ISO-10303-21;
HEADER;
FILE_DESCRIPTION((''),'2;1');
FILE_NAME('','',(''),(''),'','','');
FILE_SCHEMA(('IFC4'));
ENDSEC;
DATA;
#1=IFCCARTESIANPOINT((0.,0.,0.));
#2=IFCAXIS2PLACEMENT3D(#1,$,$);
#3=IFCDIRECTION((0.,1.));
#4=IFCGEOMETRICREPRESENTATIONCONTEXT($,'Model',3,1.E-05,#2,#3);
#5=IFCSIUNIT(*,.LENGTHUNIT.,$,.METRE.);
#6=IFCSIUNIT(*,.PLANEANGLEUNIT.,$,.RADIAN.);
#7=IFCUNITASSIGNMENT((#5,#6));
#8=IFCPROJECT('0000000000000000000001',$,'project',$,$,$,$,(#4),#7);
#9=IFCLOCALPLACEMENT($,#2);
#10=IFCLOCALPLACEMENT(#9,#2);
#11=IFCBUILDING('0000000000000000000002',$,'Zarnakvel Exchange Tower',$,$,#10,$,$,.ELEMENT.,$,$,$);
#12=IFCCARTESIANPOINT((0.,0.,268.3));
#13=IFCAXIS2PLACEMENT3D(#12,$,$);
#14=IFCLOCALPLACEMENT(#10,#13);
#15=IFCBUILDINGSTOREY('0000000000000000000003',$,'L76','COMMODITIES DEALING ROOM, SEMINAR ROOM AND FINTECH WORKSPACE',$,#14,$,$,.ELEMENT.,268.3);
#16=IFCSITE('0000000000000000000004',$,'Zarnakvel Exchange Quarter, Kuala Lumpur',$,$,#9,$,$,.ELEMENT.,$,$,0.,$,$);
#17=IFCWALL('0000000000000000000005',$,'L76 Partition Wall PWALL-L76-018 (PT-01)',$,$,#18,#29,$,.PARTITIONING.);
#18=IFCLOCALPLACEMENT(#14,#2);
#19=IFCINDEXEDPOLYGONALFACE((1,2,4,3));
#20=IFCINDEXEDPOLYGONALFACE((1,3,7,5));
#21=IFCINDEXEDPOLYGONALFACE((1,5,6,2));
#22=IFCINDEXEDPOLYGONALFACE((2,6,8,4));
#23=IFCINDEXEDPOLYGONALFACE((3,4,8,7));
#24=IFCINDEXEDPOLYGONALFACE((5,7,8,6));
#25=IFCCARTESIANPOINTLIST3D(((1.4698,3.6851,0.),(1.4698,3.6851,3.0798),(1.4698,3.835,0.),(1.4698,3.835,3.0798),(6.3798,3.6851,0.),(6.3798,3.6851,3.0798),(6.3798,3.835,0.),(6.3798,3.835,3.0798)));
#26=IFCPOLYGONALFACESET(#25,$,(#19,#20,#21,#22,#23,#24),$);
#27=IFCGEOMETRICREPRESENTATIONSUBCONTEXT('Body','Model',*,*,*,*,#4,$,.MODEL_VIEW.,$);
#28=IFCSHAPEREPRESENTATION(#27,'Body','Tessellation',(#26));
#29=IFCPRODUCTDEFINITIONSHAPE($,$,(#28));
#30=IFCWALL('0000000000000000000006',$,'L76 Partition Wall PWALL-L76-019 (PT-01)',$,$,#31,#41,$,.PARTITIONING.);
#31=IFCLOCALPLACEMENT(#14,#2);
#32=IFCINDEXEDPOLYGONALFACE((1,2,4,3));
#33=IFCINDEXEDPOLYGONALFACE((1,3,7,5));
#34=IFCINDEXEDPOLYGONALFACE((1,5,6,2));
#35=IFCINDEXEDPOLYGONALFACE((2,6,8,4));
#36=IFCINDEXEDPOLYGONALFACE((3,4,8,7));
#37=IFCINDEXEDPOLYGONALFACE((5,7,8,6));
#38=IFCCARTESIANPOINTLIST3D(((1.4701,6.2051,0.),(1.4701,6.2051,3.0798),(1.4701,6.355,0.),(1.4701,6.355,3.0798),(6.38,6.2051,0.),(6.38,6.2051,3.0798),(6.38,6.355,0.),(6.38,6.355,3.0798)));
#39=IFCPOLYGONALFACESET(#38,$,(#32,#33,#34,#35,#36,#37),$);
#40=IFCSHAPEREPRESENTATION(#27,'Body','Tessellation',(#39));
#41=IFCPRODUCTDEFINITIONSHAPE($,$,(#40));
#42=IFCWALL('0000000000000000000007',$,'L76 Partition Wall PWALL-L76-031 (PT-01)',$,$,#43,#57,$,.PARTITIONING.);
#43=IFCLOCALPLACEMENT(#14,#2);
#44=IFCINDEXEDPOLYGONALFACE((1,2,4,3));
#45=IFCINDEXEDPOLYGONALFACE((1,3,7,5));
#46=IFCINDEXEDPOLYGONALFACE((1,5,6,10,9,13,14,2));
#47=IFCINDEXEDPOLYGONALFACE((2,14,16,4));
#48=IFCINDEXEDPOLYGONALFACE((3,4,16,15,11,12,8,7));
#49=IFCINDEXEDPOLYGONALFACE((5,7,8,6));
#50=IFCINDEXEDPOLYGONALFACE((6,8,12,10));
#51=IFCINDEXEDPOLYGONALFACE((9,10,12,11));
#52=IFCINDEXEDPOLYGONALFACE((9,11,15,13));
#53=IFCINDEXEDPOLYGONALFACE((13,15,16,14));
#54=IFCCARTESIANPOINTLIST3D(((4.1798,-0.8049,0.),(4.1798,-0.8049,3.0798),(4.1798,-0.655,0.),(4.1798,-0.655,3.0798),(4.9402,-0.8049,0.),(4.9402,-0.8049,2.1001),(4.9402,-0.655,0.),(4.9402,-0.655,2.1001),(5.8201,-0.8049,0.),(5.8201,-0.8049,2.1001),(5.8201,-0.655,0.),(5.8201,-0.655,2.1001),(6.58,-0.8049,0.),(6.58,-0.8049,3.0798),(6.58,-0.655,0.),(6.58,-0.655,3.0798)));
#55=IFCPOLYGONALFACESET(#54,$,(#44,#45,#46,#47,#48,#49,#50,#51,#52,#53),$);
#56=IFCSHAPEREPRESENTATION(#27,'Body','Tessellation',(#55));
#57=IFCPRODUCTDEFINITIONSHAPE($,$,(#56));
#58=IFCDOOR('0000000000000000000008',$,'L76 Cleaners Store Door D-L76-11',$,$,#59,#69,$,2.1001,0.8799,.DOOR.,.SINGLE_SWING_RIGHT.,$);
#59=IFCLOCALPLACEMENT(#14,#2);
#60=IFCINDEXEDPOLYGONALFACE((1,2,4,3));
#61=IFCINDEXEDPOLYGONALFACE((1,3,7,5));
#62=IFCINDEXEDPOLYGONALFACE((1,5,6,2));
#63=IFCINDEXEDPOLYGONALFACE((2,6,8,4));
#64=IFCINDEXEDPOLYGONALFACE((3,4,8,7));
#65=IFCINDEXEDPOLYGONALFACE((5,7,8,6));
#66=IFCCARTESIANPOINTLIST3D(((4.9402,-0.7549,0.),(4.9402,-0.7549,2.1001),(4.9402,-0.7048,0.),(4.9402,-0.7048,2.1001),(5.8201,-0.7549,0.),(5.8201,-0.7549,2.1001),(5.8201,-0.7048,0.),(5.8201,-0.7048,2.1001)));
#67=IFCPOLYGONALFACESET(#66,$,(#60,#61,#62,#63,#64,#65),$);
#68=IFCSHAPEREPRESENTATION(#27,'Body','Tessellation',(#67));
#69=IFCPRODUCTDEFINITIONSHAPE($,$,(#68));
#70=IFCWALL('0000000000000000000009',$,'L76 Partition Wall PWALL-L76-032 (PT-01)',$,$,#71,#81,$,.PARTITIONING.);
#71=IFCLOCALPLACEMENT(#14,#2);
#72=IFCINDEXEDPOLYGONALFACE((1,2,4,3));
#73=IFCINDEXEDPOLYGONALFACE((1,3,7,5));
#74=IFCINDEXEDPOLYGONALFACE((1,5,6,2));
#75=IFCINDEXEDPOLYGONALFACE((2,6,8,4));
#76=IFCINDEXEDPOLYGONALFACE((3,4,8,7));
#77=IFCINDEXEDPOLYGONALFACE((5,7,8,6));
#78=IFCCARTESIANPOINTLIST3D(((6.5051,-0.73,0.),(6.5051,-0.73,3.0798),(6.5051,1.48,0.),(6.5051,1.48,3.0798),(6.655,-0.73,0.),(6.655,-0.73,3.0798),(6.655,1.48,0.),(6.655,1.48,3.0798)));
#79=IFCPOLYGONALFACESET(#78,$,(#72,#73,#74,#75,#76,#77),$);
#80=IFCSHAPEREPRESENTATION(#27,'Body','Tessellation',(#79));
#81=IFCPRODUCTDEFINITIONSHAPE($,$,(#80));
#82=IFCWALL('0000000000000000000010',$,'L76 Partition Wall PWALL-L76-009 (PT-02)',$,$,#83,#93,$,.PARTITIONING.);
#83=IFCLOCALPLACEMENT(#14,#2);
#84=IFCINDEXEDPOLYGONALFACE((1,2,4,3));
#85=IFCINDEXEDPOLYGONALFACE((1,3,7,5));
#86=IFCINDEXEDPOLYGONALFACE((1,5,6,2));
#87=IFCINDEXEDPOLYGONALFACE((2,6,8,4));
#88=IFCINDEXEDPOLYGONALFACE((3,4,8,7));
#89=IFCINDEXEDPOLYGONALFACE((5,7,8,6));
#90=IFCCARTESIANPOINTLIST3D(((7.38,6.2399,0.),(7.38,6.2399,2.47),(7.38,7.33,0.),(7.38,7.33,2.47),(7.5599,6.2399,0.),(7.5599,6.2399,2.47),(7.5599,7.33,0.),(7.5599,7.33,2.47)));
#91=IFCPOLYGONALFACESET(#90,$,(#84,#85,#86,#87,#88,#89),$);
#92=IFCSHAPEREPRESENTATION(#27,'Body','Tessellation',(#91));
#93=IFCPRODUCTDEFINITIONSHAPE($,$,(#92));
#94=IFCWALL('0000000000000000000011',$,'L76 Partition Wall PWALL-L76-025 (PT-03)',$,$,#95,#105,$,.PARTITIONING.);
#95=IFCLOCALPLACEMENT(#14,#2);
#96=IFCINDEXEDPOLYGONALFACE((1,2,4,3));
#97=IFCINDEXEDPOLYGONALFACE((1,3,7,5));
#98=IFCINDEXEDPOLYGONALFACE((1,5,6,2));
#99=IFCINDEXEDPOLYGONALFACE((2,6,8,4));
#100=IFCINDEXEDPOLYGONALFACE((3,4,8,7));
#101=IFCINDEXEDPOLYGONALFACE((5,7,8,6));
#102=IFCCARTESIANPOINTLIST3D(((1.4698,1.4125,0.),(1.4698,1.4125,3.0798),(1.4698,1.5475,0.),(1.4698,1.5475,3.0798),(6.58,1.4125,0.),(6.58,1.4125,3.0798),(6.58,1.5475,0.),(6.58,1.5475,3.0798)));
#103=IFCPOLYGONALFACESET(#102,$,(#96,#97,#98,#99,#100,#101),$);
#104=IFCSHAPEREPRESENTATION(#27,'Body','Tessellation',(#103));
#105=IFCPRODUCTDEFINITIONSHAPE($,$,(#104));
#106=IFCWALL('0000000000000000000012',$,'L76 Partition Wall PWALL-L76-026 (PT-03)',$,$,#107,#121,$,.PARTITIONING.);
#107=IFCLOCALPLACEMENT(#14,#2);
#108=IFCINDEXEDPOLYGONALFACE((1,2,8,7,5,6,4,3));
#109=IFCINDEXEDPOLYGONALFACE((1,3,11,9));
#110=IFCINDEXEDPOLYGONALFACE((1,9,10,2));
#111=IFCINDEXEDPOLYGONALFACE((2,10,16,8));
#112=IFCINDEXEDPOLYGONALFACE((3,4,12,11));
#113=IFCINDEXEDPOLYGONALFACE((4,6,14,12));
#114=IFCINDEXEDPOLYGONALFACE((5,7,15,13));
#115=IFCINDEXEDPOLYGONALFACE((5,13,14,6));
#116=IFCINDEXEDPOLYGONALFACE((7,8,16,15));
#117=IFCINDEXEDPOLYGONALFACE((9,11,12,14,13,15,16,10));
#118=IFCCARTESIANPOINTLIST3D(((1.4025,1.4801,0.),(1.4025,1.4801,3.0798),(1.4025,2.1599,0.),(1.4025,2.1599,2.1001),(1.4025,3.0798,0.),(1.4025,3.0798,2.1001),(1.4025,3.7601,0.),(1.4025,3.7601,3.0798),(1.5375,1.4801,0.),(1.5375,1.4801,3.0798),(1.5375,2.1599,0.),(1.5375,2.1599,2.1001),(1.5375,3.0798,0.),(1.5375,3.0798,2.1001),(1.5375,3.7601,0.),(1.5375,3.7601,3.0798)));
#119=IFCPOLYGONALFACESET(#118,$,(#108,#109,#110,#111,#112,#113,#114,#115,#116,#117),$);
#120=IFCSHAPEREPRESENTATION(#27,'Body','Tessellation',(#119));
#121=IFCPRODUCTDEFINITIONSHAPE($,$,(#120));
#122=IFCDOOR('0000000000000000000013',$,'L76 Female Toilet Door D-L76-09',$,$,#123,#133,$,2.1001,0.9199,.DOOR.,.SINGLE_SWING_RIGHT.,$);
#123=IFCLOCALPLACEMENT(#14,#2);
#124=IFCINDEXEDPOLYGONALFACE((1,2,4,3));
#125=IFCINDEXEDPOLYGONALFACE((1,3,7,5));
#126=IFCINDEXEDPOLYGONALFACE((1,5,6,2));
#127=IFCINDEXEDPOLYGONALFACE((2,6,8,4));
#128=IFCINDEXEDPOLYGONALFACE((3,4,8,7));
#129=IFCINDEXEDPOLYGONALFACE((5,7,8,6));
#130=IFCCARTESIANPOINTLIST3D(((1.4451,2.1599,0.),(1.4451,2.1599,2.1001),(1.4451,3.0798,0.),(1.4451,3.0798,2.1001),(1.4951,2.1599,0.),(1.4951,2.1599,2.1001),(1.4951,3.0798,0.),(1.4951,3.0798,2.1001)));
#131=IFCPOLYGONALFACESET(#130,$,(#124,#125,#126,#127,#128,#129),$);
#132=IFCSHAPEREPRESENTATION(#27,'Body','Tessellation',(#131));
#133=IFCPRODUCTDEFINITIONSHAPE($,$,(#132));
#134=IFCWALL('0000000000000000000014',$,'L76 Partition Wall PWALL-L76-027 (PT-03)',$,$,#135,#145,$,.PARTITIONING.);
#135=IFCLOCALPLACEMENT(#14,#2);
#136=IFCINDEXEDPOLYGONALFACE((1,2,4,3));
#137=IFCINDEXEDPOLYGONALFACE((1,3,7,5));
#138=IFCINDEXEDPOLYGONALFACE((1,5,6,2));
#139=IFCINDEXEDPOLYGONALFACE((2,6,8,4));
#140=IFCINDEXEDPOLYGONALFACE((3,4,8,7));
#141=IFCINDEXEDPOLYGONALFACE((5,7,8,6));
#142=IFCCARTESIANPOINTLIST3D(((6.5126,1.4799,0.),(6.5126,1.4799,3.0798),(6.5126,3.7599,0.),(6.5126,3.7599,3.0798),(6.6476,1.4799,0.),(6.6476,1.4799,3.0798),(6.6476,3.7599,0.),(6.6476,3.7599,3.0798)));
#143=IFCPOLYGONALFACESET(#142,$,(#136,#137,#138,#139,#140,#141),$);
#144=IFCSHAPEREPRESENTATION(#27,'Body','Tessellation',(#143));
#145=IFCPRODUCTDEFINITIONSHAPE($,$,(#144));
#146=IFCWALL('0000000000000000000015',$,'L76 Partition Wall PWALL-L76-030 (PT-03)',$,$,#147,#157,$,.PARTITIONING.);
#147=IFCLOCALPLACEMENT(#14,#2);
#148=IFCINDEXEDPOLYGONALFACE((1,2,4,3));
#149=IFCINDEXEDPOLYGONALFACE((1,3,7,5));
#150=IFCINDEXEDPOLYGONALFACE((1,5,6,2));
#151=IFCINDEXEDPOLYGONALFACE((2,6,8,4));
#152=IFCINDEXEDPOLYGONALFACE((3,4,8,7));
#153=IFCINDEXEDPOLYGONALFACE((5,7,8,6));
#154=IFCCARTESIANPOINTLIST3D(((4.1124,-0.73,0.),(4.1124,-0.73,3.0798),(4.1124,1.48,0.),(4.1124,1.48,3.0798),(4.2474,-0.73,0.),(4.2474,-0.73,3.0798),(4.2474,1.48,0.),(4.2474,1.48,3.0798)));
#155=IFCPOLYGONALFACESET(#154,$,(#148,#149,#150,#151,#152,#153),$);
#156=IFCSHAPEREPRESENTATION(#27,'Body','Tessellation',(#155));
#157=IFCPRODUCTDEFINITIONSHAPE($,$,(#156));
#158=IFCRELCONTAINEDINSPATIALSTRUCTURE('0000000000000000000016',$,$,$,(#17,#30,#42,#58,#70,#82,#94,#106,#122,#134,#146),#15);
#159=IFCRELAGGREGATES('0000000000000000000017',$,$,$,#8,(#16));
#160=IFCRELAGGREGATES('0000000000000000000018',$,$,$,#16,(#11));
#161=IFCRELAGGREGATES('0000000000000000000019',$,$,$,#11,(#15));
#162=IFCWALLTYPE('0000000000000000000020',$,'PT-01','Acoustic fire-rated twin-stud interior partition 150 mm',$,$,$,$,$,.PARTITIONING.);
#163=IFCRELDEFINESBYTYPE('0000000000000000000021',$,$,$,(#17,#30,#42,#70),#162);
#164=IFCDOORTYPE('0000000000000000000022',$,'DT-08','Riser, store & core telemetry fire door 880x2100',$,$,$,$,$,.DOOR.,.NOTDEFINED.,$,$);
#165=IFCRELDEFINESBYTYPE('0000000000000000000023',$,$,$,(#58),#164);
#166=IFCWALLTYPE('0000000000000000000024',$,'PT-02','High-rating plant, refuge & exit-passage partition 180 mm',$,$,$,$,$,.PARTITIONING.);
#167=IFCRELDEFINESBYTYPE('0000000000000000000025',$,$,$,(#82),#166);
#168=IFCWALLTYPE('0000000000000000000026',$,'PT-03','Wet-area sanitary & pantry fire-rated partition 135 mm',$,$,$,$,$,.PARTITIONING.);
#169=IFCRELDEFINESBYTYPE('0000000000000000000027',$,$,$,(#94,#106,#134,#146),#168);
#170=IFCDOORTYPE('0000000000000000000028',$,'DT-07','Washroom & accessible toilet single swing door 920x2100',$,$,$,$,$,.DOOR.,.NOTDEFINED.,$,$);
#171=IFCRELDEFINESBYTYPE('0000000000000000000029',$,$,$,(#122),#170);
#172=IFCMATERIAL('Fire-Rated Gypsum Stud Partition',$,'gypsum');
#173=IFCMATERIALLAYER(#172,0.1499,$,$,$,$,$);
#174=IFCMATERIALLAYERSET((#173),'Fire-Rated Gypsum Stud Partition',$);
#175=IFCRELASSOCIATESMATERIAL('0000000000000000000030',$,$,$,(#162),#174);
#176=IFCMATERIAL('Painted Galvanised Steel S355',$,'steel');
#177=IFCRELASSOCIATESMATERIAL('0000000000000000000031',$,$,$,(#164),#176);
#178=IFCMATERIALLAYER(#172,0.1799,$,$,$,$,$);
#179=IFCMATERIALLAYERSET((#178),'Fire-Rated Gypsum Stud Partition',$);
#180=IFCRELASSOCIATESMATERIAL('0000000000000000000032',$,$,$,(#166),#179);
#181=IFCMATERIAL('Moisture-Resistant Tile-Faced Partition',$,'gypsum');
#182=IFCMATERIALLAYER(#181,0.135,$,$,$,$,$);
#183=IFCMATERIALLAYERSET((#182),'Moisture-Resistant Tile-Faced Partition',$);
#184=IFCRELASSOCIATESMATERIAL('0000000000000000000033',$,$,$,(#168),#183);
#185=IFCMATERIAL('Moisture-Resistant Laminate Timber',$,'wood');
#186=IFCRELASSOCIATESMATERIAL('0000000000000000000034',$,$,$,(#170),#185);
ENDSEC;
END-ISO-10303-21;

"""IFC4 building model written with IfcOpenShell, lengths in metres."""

from ifc_helpers import new_model, si_unit, direction, frame, frame_2d, origin, place, context, subcontext, project, spatial, rectangle, extrude, source, transform, mapped, material, layer, layer_set, type_object, element, fill, save


model = new_model("IFC4")

# Units and contexts
model_context = context("Model", 3, precision=1e-05, world=origin(), true_north=direction((0.0, 1.0)))
body_context = subcontext(model_context, "Body", "Model", "MODEL_VIEW")
ifc_project = project(units=[si_unit("LENGTHUNIT", "METRE"), si_unit("PLANEANGLEUNIT", "RADIAN")], contexts=[model_context])

# Site, building, storey
site_placement = place(None, origin())
site = spatial("IfcSite", under=ifc_project, at=site_placement, Name="Zarnakvel Exchange Quarter, Kuala Lumpur", CompositionType="ELEMENT", RefElevation=0.0)
building_placement = place(site_placement, origin())
building = spatial("IfcBuilding", under=site, at=building_placement, Name="Zarnakvel Exchange Tower", CompositionType="ELEMENT")
storey_placement = place(building_placement, frame((0.0, 0.0, 268.3)))
storey = spatial("IfcBuildingStorey", under=building, at=storey_placement, Name="L76", Description="COMMODITIES DEALING ROOM, SEMINAR ROOM AND FINTECH WORKSPACE", CompositionType="ELEMENT", Elevation=268.3)

# Walls
ifc_material_1 = material(Name="Fire-Rated Gypsum Stud Partition", Category="gypsum")
ifc_layer_1 = layer(ifc_material_1, 0.1499)
ifc_layer_set_1 = layer_set([ifc_layer_1], Name="Fire-Rated Gypsum Stud Partition")
wall_type_1 = type_object("IfcWallType", Name="PT-01", Description="Acoustic fire-rated twin-stud interior partition 150 mm", PredefinedType="PARTITIONING", material=ifc_layer_set_1)
for number, where, z_axis, x_axis, name in (
    (1, (6.3799, 3.76, 0.0), (0.0, 0.0, 1.0), (-1.0, 0.0, 0.0), "L76 Partition Wall PWALL-L76-018 (PT-01)"),
    (2, (1.47, 6.28, 0.0), (0.0, 0.0, 1.0), (1.0, 0.0, 0.0), "L76 Partition Wall PWALL-L76-019 (PT-01)"),
):
    element("IfcWall", number, at=place(storey_placement, frame(where, z_axis=z_axis, x_axis=x_axis)), inside=storey, type_object=wall_type_1, Name=name, PredefinedType="PARTITIONING", context=body_context, shape_type="SweptSolid", body=[
        extrude(rectangle(XDim=4.9099, YDim=0.1499, at=frame_2d((2.4551, 0.0))), origin(), (0.0, 0.0, 1.0), 3.0798),
    ])

# Wall, opening, door
wall_1_placement = place(storey_placement, frame((6.5801, -0.73, 0.0), z_axis=(0.0, 0.0, 1.0), x_axis=(-1.0, 0.0, 0.0)))
wall_1 = element("IfcWall", 3, at=wall_1_placement, inside=storey, type_object=wall_type_1, Name="L76 Partition Wall PWALL-L76-031 (PT-01)", PredefinedType="PARTITIONING", context=body_context, shape_type="SweptSolid", body=[
    extrude(rectangle(XDim=2.4001, YDim=0.1499, at=frame_2d((1.2002, 0.0))), origin(), (0.0, 0.0, 1.0), 3.0798),
])
opening_1_placement = place(wall_1_placement, frame((0.76, 0.0, 0.0)))
opening_1 = element("IfcOpeningElement", 4, at=opening_1_placement, cuts=wall_1, PredefinedType="OPENING", context=body_context, shape_type="SweptSolid", body=[
    extrude(rectangle(XDim=0.8799, YDim=2.1001, at=frame_2d((0.4399, 1.05))), frame((0.0, 0.085, 0.0), z_axis=(0.0, -1.0, 0.0), x_axis=(1.0, 0.0, 0.0)), (0.0, 0.0, 1.0), 0.1699),
])
ifc_material_2 = material(Name="Painted Galvanised Steel S355", Category="steel")
door_type_1 = type_object("IfcDoorType", Name="DT-08", Description="Riser, store & core telemetry fire door 880x2100", OperationType="NOTDEFINED", PredefinedType="DOOR", material=ifc_material_2)
shared_shape_1 = source(origin(), body_context, "Body", "SweptSolid", [
    extrude(rectangle(XDim=0.8799, YDim=2.1001, at=frame_2d((0.4399, 1.05))), frame((0.0, 0.0249, 0.0), z_axis=(0.0, -1.0, 0.0), x_axis=(1.0, 0.0, 0.0)), (0.0, 0.0, 1.0), 0.05),
])
door_1_placement = place(opening_1_placement, origin())
door_1 = element("IfcDoor", 5, at=door_1_placement, inside=storey, type_object=door_type_1, Name="L76 Cleaners Store Door D-L76-11", OperationType="SINGLE_SWING_RIGHT", OverallHeight=2.1001, OverallWidth=0.8799, PredefinedType="DOOR", context=body_context, shape_type="MappedRepresentation", body=[
    mapped(shared_shape_1, transform((0.0, 0.0, 0.0), x_axis=(1.0, 0.0, 0.0), y_axis=(0.0, 1.0, 0.0), z_axis=(0.0, 0.0, 1.0), scale=1.0)),
])
fill(opening_1, door_1)

# Walls
wall_2_placement = place(storey_placement, frame((6.5801, 1.48, 0.0), z_axis=(0.0, 0.0, 1.0), x_axis=(0.0, -1.0, 0.0)))
element("IfcWall", 6, at=wall_2_placement, inside=storey, type_object=wall_type_1, Name="L76 Partition Wall PWALL-L76-032 (PT-01)", PredefinedType="PARTITIONING", context=body_context, shape_type="SweptSolid", body=[
    extrude(rectangle(XDim=2.21, YDim=0.1499, at=frame_2d((1.105, 0.0))), origin(), (0.0, 0.0, 1.0), 3.0798),
])
ifc_layer_2 = layer(ifc_material_1, 0.1799)
ifc_layer_set_2 = layer_set([ifc_layer_2], Name="Fire-Rated Gypsum Stud Partition")
wall_type_2 = type_object("IfcWallType", Name="PT-02", Description="High-rating plant, refuge & exit-passage partition 180 mm", PredefinedType="PARTITIONING", material=ifc_layer_set_2)
wall_3_placement = place(storey_placement, frame((7.47, 6.24, 0.0), z_axis=(0.0, 0.0, 1.0), x_axis=(0.0, 1.0, 0.0)))
element("IfcWall", 7, at=wall_3_placement, inside=storey, type_object=wall_type_2, Name="L76 Partition Wall PWALL-L76-009 (PT-02)", PredefinedType="PARTITIONING", context=body_context, shape_type="SweptSolid", body=[
    extrude(rectangle(XDim=1.0901, YDim=0.1799, at=frame_2d((0.5449, 0.0))), origin(), (0.0, 0.0, 1.0), 2.47),
])
ifc_material_3 = material(Name="Moisture-Resistant Tile-Faced Partition", Category="gypsum")
ifc_layer_3 = layer(ifc_material_3, 0.135)
ifc_layer_set_3 = layer_set([ifc_layer_3], Name="Moisture-Resistant Tile-Faced Partition")
wall_type_3 = type_object("IfcWallType", Name="PT-03", Description="Wet-area sanitary & pantry fire-rated partition 135 mm", PredefinedType="PARTITIONING", material=ifc_layer_set_3)
wall_4_placement = place(storey_placement, frame((6.5801, 1.48, 0.0), z_axis=(0.0, 0.0, 1.0), x_axis=(-1.0, 0.0, 0.0)))
element("IfcWall", 8, at=wall_4_placement, inside=storey, type_object=wall_type_3, Name="L76 Partition Wall PWALL-L76-025 (PT-03)", PredefinedType="PARTITIONING", context=body_context, shape_type="SweptSolid", body=[
    extrude(rectangle(XDim=5.1101, YDim=0.135, at=frame_2d((2.5552, 0.0))), origin(), (0.0, 0.0, 1.0), 3.0798),
])

# Wall, opening, door
wall_5_placement = place(storey_placement, frame((1.47, 1.48, 0.0), z_axis=(0.0, 0.0, 1.0), x_axis=(0.0, 1.0, 0.0)))
wall_5 = element("IfcWall", 9, at=wall_5_placement, inside=storey, type_object=wall_type_3, Name="L76 Partition Wall PWALL-L76-026 (PT-03)", PredefinedType="PARTITIONING", context=body_context, shape_type="SweptSolid", body=[
    extrude(rectangle(XDim=2.28, YDim=0.135, at=frame_2d((1.1401, 0.0))), origin(), (0.0, 0.0, 1.0), 3.0798),
])
opening_2_placement = place(wall_5_placement, frame((0.6799, 0.0, 0.0)))
opening_2 = element("IfcOpeningElement", 10, at=opening_2_placement, cuts=wall_5, PredefinedType="OPENING", context=body_context, shape_type="SweptSolid", body=[
    extrude(rectangle(XDim=0.9199, YDim=2.1001, at=frame_2d((0.46, 1.05))), frame((0.0, 0.0774, 0.0), z_axis=(0.0, -1.0, 0.0), x_axis=(1.0, 0.0, 0.0)), (0.0, 0.0, 1.0), 0.155),
])
ifc_material_4 = material(Name="Moisture-Resistant Laminate Timber", Category="wood")
door_type_2 = type_object("IfcDoorType", Name="DT-07", Description="Washroom & accessible toilet single swing door 920x2100", OperationType="NOTDEFINED", PredefinedType="DOOR", material=ifc_material_4)
shared_shape_2 = source(origin(), body_context, "Body", "SweptSolid", [
    extrude(rectangle(XDim=0.9199, YDim=2.1001, at=frame_2d((0.46, 1.05))), frame((0.0, 0.0249, 0.0), z_axis=(0.0, -1.0, 0.0), x_axis=(1.0, 0.0, 0.0)), (0.0, 0.0, 1.0), 0.05),
])
door_2_placement = place(opening_2_placement, origin())
door_2 = element("IfcDoor", 11, at=door_2_placement, inside=storey, type_object=door_type_2, Name="L76 Female Toilet Door D-L76-09", OperationType="SINGLE_SWING_RIGHT", OverallHeight=2.1001, OverallWidth=0.9199, PredefinedType="DOOR", context=body_context, shape_type="MappedRepresentation", body=[
    mapped(shared_shape_2, transform((0.0, 0.0, 0.0), x_axis=(1.0, 0.0, 0.0), y_axis=(0.0, 1.0, 0.0), z_axis=(0.0, 0.0, 1.0), scale=1.0)),
])
fill(opening_2, door_2)

# Walls
wall_6_placement = place(storey_placement, frame((6.5801, 3.76, 0.0), z_axis=(0.0, 0.0, 1.0), x_axis=(0.0, -1.0, 0.0)))
element("IfcWall", 12, at=wall_6_placement, inside=storey, type_object=wall_type_3, Name="L76 Partition Wall PWALL-L76-027 (PT-03)", PredefinedType="PARTITIONING", context=body_context, shape_type="SweptSolid", body=[
    extrude(rectangle(XDim=2.28, YDim=0.135, at=frame_2d((1.1401, 0.0))), origin(), (0.0, 0.0, 1.0), 3.0798),
])
wall_7_placement = place(storey_placement, frame((4.1799, 1.48, 0.0), z_axis=(0.0, 0.0, 1.0), x_axis=(0.0, -1.0, 0.0)))
element("IfcWall", 13, at=wall_7_placement, inside=storey, type_object=wall_type_3, Name="L76 Partition Wall PWALL-L76-030 (PT-03)", PredefinedType="PARTITIONING", context=body_context, shape_type="SweptSolid", body=[
    extrude(rectangle(XDim=2.21, YDim=0.135, at=frame_2d((1.105, 0.0))), origin(), (0.0, 0.0, 1.0), 3.0798),
])

save(model, "model.ifc")
